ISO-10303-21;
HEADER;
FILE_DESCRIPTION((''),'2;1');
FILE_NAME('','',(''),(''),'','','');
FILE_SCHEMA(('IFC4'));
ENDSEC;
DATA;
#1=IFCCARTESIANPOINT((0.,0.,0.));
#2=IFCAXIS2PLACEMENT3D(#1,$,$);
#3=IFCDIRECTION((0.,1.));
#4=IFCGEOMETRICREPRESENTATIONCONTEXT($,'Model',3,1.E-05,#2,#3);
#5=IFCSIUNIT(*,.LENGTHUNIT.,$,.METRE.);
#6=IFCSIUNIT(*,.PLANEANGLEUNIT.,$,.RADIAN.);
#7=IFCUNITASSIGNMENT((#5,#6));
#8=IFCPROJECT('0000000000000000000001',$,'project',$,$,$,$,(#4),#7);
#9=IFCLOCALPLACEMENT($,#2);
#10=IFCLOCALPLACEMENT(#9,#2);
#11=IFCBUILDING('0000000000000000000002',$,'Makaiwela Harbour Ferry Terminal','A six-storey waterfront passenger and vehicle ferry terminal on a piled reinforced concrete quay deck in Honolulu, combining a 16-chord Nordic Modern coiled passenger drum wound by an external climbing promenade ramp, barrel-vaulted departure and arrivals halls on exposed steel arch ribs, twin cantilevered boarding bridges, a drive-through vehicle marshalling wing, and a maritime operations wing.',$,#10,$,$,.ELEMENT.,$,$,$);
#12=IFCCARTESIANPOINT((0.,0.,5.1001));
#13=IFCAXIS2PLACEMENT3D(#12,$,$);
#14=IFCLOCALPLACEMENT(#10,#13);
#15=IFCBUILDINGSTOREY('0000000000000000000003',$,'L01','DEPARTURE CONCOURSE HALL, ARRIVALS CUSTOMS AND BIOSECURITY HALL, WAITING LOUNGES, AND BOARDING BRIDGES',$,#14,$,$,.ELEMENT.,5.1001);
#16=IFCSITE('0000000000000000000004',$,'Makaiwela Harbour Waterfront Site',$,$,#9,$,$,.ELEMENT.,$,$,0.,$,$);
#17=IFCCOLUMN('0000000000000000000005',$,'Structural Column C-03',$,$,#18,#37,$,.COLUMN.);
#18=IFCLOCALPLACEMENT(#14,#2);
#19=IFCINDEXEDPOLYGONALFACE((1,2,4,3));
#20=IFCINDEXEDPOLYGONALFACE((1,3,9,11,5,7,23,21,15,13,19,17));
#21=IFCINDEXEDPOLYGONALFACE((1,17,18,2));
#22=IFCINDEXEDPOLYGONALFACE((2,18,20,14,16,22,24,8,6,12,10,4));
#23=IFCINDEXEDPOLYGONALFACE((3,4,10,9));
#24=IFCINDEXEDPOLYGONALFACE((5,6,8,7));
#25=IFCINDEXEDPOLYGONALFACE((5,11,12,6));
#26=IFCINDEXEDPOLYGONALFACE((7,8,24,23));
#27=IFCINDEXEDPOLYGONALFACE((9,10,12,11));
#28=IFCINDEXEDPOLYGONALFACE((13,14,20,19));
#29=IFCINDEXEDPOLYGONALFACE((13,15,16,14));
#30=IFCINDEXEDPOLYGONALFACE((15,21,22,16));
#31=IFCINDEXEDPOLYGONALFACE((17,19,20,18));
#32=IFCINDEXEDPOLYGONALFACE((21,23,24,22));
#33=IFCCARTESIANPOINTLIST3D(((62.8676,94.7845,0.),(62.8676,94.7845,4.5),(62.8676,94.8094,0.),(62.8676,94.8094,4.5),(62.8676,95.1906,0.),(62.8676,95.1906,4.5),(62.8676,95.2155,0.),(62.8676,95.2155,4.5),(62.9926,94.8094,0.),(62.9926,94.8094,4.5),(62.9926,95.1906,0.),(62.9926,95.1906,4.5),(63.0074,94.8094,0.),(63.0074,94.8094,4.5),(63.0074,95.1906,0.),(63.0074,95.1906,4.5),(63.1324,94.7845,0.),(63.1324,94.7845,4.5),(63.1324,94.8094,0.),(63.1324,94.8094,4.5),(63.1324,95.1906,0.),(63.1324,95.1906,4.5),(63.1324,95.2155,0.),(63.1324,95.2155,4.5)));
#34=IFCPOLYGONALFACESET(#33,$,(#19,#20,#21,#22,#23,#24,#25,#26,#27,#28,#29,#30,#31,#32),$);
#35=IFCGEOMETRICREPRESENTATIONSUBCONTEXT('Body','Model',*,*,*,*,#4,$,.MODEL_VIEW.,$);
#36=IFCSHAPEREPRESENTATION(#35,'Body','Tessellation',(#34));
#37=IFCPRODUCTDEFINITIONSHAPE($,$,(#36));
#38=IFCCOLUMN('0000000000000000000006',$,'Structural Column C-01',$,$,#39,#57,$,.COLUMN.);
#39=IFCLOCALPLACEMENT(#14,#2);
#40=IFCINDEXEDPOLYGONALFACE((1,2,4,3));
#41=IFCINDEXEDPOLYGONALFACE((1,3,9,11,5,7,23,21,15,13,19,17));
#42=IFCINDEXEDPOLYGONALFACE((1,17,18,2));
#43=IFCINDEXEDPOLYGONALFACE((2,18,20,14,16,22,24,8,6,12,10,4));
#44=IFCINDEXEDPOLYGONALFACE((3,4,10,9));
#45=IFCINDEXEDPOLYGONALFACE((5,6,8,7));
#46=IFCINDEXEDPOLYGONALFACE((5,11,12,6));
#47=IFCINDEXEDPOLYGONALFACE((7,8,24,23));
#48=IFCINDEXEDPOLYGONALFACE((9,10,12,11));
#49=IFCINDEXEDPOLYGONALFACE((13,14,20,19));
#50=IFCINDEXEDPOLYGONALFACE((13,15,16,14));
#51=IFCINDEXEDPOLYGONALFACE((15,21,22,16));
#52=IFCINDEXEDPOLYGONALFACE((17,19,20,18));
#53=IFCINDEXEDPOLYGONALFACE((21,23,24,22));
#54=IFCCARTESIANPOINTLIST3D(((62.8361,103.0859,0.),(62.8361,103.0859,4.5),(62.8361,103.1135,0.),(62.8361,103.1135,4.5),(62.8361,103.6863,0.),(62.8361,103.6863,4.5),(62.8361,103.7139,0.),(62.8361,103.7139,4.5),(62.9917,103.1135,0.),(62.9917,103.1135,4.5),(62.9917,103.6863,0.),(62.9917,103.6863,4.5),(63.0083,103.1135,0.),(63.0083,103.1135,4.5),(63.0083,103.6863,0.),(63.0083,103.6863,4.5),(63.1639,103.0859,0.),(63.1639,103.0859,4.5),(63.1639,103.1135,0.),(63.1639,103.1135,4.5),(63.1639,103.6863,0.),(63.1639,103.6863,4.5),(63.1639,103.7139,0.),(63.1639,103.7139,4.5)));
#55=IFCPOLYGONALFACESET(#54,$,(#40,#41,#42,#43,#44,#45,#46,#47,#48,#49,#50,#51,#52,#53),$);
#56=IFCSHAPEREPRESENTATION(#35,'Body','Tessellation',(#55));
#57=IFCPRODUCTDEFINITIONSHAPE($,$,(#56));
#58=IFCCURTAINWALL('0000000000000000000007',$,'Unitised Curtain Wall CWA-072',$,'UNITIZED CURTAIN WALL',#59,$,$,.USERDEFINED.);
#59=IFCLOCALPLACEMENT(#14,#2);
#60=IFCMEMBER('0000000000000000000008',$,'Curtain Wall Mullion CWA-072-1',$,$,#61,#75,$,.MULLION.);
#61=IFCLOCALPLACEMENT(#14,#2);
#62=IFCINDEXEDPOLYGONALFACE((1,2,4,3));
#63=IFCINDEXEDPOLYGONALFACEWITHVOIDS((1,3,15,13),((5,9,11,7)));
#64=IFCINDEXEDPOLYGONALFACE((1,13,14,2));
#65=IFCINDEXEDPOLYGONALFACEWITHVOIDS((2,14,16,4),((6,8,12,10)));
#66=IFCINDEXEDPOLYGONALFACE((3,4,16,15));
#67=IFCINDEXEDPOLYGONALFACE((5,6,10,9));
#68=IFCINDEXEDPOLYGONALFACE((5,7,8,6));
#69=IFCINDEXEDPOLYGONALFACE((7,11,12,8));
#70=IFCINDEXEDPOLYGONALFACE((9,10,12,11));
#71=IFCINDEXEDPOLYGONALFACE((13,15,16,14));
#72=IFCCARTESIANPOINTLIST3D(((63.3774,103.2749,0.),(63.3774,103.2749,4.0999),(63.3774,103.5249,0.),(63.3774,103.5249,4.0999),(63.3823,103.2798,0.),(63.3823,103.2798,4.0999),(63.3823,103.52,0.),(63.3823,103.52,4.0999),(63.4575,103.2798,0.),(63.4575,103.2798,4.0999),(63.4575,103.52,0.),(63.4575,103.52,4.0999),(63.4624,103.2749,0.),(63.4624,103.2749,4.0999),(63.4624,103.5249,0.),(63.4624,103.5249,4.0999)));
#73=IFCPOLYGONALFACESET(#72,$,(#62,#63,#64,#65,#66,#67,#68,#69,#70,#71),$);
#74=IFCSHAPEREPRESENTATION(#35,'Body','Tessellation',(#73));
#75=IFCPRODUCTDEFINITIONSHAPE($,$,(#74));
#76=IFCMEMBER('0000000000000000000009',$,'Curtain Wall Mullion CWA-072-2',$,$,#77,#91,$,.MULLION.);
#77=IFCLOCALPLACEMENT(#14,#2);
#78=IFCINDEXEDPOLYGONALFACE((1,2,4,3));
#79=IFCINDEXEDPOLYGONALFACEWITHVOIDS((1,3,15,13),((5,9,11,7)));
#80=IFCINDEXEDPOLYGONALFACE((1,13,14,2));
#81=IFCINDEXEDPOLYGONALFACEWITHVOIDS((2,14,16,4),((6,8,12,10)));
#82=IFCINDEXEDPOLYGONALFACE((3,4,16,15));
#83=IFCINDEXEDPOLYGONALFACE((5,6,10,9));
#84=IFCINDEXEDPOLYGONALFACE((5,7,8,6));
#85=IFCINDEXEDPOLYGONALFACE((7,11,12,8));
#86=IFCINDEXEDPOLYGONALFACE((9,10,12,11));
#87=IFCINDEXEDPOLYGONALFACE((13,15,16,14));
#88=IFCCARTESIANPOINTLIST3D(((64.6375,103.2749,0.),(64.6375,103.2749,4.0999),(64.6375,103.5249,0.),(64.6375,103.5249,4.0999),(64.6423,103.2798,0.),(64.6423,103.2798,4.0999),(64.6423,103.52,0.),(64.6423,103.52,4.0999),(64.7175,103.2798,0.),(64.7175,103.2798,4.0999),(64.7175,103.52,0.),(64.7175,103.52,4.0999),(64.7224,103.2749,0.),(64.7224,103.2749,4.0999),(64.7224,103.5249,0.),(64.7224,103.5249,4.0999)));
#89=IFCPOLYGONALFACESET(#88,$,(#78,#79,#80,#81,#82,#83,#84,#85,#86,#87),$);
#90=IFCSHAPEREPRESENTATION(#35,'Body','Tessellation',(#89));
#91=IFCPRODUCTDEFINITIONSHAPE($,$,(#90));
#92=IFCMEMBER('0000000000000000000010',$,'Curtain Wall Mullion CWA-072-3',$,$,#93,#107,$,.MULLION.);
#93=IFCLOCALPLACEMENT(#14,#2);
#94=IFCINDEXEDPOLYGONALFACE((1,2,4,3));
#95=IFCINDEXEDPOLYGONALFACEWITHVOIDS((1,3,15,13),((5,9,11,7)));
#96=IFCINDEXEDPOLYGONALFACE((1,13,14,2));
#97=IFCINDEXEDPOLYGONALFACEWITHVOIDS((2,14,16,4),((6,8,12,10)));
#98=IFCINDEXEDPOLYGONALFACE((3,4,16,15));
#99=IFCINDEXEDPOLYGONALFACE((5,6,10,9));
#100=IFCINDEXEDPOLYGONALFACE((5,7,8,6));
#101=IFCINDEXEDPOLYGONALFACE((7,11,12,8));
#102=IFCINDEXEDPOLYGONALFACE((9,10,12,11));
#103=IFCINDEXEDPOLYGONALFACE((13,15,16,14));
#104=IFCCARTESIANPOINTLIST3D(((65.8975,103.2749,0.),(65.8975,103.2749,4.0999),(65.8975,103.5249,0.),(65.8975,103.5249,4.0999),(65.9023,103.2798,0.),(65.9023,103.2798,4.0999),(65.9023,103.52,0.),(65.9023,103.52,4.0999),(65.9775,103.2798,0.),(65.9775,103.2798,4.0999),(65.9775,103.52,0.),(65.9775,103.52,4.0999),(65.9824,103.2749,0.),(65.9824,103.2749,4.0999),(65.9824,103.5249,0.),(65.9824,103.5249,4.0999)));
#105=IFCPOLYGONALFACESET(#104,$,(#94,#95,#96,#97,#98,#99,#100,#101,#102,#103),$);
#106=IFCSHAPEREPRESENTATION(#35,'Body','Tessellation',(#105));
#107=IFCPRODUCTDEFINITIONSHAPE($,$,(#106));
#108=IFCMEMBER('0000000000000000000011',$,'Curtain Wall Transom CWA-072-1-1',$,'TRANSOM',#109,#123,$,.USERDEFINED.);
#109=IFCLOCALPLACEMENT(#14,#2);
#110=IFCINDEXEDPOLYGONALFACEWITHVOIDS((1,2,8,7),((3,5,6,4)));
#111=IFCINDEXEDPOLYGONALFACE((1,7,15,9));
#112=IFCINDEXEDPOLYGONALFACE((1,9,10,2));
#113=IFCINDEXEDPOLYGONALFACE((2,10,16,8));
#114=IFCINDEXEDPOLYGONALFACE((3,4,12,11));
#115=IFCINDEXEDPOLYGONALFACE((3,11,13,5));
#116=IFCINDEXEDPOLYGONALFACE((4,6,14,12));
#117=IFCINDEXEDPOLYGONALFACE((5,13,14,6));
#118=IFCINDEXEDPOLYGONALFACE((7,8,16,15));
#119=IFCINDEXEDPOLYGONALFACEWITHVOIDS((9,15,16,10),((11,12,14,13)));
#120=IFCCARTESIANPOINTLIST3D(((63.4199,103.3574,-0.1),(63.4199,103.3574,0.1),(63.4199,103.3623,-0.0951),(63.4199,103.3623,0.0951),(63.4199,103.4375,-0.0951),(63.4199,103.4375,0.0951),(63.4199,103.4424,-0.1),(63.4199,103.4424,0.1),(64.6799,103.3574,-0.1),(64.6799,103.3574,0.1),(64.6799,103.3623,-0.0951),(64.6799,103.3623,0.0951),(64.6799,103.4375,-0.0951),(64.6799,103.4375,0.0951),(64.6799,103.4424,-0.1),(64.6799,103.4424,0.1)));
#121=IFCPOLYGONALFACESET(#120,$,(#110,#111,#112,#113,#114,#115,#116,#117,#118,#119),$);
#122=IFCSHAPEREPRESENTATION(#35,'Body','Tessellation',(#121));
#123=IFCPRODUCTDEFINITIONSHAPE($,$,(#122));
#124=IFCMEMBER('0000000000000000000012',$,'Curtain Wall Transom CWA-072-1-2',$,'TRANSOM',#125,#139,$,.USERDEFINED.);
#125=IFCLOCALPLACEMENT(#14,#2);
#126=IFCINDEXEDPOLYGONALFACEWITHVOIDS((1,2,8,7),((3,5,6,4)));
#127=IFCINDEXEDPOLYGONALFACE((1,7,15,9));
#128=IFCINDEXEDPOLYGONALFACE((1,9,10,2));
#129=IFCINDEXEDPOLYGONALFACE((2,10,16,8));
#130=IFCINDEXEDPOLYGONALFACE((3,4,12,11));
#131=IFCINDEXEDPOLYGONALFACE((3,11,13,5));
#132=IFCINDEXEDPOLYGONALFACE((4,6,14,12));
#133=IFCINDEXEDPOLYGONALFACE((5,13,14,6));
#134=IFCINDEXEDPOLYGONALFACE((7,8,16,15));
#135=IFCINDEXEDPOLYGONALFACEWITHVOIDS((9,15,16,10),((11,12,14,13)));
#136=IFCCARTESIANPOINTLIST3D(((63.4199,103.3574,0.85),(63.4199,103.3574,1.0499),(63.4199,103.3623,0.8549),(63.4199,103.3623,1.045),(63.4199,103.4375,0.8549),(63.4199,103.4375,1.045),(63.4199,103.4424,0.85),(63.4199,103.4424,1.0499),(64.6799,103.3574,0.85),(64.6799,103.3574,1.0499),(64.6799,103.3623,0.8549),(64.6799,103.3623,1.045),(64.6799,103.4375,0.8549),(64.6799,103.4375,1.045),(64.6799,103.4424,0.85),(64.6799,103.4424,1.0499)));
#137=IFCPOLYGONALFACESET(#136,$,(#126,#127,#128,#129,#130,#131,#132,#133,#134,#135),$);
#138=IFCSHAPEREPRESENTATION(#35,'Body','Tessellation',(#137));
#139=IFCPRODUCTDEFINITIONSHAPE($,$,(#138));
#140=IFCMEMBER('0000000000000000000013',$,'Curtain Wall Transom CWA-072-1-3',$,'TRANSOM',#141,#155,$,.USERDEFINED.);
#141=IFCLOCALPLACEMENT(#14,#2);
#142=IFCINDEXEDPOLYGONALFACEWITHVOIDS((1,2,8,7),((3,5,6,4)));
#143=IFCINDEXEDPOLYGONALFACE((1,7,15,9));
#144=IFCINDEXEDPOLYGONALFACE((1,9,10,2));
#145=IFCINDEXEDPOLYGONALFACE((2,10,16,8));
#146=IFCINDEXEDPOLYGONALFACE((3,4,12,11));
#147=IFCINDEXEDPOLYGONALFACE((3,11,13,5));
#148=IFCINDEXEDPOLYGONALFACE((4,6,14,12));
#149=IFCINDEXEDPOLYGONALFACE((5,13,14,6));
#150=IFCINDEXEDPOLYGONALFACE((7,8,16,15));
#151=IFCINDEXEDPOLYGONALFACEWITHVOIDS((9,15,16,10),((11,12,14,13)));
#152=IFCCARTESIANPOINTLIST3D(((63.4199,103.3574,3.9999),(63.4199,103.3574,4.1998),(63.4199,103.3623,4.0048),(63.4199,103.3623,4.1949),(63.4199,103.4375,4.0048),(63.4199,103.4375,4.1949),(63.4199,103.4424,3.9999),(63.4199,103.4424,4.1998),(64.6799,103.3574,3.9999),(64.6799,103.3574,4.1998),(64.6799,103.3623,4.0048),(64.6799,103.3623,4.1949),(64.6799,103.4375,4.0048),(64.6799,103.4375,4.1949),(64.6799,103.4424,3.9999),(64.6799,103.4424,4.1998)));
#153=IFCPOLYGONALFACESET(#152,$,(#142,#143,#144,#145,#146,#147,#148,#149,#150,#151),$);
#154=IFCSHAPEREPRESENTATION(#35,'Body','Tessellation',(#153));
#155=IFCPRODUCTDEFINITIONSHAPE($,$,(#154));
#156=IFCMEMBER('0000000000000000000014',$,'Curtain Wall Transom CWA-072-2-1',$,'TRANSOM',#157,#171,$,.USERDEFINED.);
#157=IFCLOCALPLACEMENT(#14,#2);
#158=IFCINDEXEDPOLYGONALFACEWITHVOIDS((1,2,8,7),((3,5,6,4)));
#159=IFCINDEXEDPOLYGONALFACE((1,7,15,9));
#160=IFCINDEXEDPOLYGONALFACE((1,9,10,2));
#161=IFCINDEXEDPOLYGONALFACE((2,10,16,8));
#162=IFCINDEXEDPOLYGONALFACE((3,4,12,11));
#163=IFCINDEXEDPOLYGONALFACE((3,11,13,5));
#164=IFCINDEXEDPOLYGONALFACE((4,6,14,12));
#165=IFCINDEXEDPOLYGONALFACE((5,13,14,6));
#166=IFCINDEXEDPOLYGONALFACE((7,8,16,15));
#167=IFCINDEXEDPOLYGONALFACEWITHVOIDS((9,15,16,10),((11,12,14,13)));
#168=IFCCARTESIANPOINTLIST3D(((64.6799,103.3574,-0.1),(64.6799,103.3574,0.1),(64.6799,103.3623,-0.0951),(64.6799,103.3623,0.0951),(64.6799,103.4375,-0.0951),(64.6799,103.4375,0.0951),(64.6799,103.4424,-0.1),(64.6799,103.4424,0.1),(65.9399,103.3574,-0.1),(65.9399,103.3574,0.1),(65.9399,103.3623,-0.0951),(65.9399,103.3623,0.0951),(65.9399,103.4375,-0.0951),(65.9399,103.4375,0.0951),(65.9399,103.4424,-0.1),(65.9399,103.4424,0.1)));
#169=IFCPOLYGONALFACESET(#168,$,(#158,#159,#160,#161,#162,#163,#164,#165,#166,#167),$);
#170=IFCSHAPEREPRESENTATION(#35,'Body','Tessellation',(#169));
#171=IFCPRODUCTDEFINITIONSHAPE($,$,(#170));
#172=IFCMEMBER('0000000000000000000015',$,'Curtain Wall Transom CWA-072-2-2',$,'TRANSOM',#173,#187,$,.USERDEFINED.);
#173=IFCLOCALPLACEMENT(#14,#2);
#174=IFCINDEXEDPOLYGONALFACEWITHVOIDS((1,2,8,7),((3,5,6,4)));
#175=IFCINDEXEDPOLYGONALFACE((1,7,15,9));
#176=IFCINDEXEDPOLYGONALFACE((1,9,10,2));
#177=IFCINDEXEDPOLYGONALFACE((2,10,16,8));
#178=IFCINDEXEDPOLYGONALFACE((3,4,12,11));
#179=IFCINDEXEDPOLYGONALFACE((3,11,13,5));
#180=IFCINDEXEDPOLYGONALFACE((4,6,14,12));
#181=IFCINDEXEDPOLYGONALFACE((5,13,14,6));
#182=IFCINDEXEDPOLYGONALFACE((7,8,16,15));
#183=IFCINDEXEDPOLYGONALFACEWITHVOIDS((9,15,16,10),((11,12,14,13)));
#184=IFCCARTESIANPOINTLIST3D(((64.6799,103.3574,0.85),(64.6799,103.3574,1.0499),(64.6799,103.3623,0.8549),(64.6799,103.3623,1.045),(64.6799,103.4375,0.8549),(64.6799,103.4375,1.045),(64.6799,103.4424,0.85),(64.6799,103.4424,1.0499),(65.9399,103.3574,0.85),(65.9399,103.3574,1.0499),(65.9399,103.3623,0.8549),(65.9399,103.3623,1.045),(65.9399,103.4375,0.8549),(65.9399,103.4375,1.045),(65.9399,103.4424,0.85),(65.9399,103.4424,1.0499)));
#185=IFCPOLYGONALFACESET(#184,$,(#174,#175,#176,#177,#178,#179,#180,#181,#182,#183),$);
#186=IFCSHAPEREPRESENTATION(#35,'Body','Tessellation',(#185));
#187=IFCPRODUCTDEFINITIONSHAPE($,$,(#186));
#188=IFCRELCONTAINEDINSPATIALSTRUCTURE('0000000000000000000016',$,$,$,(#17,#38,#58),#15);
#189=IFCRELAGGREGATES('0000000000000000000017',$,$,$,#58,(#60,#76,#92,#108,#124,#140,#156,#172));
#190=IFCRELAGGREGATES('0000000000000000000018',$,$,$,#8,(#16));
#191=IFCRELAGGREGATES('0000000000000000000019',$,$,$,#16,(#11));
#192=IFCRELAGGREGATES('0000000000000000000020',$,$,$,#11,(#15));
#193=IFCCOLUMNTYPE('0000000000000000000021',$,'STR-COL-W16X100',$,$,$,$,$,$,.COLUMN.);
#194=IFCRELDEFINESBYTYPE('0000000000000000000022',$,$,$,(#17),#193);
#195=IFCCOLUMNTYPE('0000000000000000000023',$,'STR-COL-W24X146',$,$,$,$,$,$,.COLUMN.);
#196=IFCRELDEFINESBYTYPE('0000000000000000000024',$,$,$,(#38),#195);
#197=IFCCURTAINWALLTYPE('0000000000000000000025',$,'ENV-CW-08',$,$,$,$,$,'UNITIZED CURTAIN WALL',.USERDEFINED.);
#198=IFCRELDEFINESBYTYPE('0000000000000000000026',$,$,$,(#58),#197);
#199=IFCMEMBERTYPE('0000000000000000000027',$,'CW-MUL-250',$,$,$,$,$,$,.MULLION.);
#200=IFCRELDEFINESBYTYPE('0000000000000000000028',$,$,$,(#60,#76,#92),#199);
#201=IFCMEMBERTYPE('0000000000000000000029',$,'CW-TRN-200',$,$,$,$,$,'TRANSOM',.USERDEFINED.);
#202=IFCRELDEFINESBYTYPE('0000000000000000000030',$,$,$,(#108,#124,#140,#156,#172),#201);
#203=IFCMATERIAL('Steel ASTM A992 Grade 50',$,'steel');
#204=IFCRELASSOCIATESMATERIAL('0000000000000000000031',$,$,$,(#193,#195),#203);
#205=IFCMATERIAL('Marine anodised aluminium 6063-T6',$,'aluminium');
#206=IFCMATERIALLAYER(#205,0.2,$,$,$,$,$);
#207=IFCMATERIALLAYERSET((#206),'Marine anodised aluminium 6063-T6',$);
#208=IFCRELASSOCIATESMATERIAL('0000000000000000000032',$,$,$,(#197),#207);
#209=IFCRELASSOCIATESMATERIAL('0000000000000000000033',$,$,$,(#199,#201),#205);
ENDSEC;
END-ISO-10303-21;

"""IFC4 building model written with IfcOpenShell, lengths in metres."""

from ifc_helpers import new_model, si_unit, direction, frame, origin, origin_2d, place, context, subcontext, project, spatial, hollow_rectangle, i_section, extrude, material, layer, layer_set, material_profile, profile_set, type_object, element, aggregate, save


model = new_model("IFC4")

# Units and contexts
model_context = context("Model", 3, precision=1e-05, world=origin(), true_north=direction((0.0, 1.0)))
body_context = subcontext(model_context, "Body", "Model", "MODEL_VIEW")
ifc_project = project(units=[si_unit("LENGTHUNIT", "METRE"), si_unit("PLANEANGLEUNIT", "RADIAN")], contexts=[model_context])

# Site, building, storey
site_placement = place(None, origin())
site = spatial("IfcSite", under=ifc_project, at=site_placement, Name="Makaiwela Harbour Waterfront Site", CompositionType="ELEMENT", RefElevation=0.0)
building_placement = place(site_placement, origin())
building = spatial("IfcBuilding", under=site, at=building_placement, Name="Makaiwela Harbour Ferry Terminal", Description="A six-storey waterfront passenger and vehicle ferry terminal on a piled reinforced concrete quay deck in Honolulu, combining a 16-chord Nordic Modern coiled passenger drum wound by an external climbing promenade ramp, barrel-vaulted departure and arrivals halls on exposed steel arch ribs, twin cantilevered boarding bridges, a drive-through vehicle marshalling wing, and a maritime operations wing.", CompositionType="ELEMENT")
storey_placement = place(building_placement, frame((0.0, 0.0, 5.1001)))
storey = spatial("IfcBuildingStorey", under=building, at=storey_placement, Name="L01", Description="DEPARTURE CONCOURSE HALL, ARRIVALS CUSTOMS AND BIOSECURITY HALL, WAITING LOUNGES, AND BOARDING BRIDGES", CompositionType="ELEMENT", Elevation=5.1001)

# Columns
ifc_material_1 = material(Name="Steel ASTM A992 Grade 50", Category="steel")
ifc_material_profile_1 = material_profile(ifc_material_1, i_section(OverallWidth=0.2649, OverallDepth=0.4309, WebThickness=0.0149, FlangeThickness=0.0249, at=origin_2d()), Name="W16X100")
ifc_profile_set_1 = profile_set([ifc_material_profile_1], Name="Steel ASTM A992 Grade 50")
column_type_1 = type_object("IfcColumnType", Name="STR-COL-W16X100", PredefinedType="COLUMN", material=ifc_profile_set_1)
column_1_placement = place(storey_placement, frame((63.0, 95.0, 0.0), z_axis=(0.0, 0.0, 1.0), x_axis=(1.0, 0.0, 0.0)))
element("IfcColumn", 1, at=column_1_placement, inside=storey, type_object=column_type_1, Name="Structural Column C-03", PredefinedType="COLUMN", context=body_context, shape_type="SweptSolid", body=[
    extrude(i_section(OverallWidth=0.2649, OverallDepth=0.4309, WebThickness=0.0149, FlangeThickness=0.0249, at=origin_2d()), origin(), (0.0, 0.0, 1.0), 4.5),
])
ifc_material_profile_2 = material_profile(ifc_material_1, i_section(OverallWidth=0.3279, OverallDepth=0.6279, WebThickness=0.0166, FlangeThickness=0.0276, at=origin_2d()), Name="W24X146")
ifc_profile_set_2 = profile_set([ifc_material_profile_2], Name="Steel ASTM A992 Grade 50")
column_type_2 = type_object("IfcColumnType", Name="STR-COL-W24X146", PredefinedType="COLUMN", material=ifc_profile_set_2)
column_2_placement = place(storey_placement, frame((63.0, 103.3999, 0.0), z_axis=(0.0, 0.0, 1.0), x_axis=(1.0, 0.0, 0.0)))
element("IfcColumn", 2, at=column_2_placement, inside=storey, type_object=column_type_2, Name="Structural Column C-01", PredefinedType="COLUMN", context=body_context, shape_type="SweptSolid", body=[
    extrude(i_section(OverallWidth=0.3279, OverallDepth=0.6279, WebThickness=0.0166, FlangeThickness=0.0276, at=origin_2d()), origin(), (0.0, 0.0, 1.0), 4.5),
])

# Curtain wall, members
ifc_material_2 = material(Name="Marine anodised aluminium 6063-T6", Category="aluminium")
ifc_layer_1 = layer(ifc_material_2, 0.2)
ifc_layer_set_1 = layer_set([ifc_layer_1], Name="Marine anodised aluminium 6063-T6")
curtain_wall_type = type_object("IfcCurtainWallType", Name="ENV-CW-08", ElementType="UNITIZED CURTAIN WALL", PredefinedType="USERDEFINED", material=ifc_layer_set_1)
curtain_wall_placement = place(storey_placement, origin())
curtain_wall = element("IfcCurtainWall", 3, at=curtain_wall_placement, inside=storey, type_object=curtain_wall_type, Name="Unitised Curtain Wall CWA-072", ObjectType="UNITIZED CURTAIN WALL", PredefinedType="USERDEFINED")
ifc_material_profile_3 = material_profile(ifc_material_2, hollow_rectangle(XDim=0.085, YDim=0.25, WallThickness=0.0049, at=origin_2d()), Name="CWM-250X85")
ifc_profile_set_3 = profile_set([ifc_material_profile_3], Name="Marine anodised aluminium 6063-T6")
member_type_1 = type_object("IfcMemberType", Name="CW-MUL-250", PredefinedType="MULLION", material=ifc_profile_set_3)
member_1_placement = place(storey_placement, frame((63.4199, 103.3999, 0.0), z_axis=(0.0, 0.0, 1.0), x_axis=(1.0, 0.0, 0.0)))
member_1 = element("IfcMember", 4, at=member_1_placement, type_object=member_type_1, Name="Curtain Wall Mullion CWA-072-1", PredefinedType="MULLION", context=body_context, shape_type="SweptSolid", body=[
    extrude(hollow_rectangle(XDim=0.085, YDim=0.25, WallThickness=0.0049, at=origin_2d()), origin(), (0.0, 0.0, 1.0), 4.0999),
])
member_2_placement = place(storey_placement, frame((64.6799, 103.3999, 0.0), z_axis=(0.0, 0.0, 1.0), x_axis=(1.0, 0.0, 0.0)))
member_2 = element("IfcMember", 5, at=member_2_placement, type_object=member_type_1, Name="Curtain Wall Mullion CWA-072-2", PredefinedType="MULLION", context=body_context, shape_type="SweptSolid", body=[
    extrude(hollow_rectangle(XDim=0.085, YDim=0.25, WallThickness=0.0049, at=origin_2d()), origin(), (0.0, 0.0, 1.0), 4.0999),
])
member_3_placement = place(storey_placement, frame((65.9399, 103.3999, 0.0), z_axis=(0.0, 0.0, 1.0), x_axis=(1.0, 0.0, 0.0)))
member_3 = element("IfcMember", 6, at=member_3_placement, type_object=member_type_1, Name="Curtain Wall Mullion CWA-072-3", PredefinedType="MULLION", context=body_context, shape_type="SweptSolid", body=[
    extrude(hollow_rectangle(XDim=0.085, YDim=0.25, WallThickness=0.0049, at=origin_2d()), origin(), (0.0, 0.0, 1.0), 4.0999),
])
ifc_material_profile_4 = material_profile(ifc_material_2, hollow_rectangle(XDim=0.085, YDim=0.2, WallThickness=0.0049, at=origin_2d()), Name="CWT-200X85")
ifc_profile_set_4 = profile_set([ifc_material_profile_4], Name="Marine anodised aluminium 6063-T6")
member_type_2 = type_object("IfcMemberType", Name="CW-TRN-200", ElementType="TRANSOM", PredefinedType="USERDEFINED", material=ifc_profile_set_4)
member_4_placement = place(storey_placement, frame((63.4199, 103.3999, 0.0), z_axis=(1.0, 0.0, 0.0), x_axis=(0.0, 1.0, 0.0)))
member_4 = element("IfcMember", 7, at=member_4_placement, type_object=member_type_2, Name="Curtain Wall Transom CWA-072-1-1", ObjectType="TRANSOM", PredefinedType="USERDEFINED", context=body_context, shape_type="SweptSolid", body=[
    extrude(hollow_rectangle(XDim=0.085, YDim=0.2, WallThickness=0.0049, at=origin_2d()), origin(), (0.0, 0.0, 1.0), 1.26),
])
member_5_placement = place(storey_placement, frame((63.4199, 103.3999, 0.95), z_axis=(1.0, 0.0, 0.0), x_axis=(0.0, 1.0, 0.0)))
member_5 = element("IfcMember", 8, at=member_5_placement, type_object=member_type_2, Name="Curtain Wall Transom CWA-072-1-2", ObjectType="TRANSOM", PredefinedType="USERDEFINED", context=body_context, shape_type="SweptSolid", body=[
    extrude(hollow_rectangle(XDim=0.085, YDim=0.2, WallThickness=0.0049, at=origin_2d()), origin(), (0.0, 0.0, 1.0), 1.26),
])
member_6_placement = place(storey_placement, frame((63.4199, 103.3999, 4.0999), z_axis=(1.0, 0.0, 0.0), x_axis=(0.0, 1.0, 0.0)))
member_6 = element("IfcMember", 9, at=member_6_placement, type_object=member_type_2, Name="Curtain Wall Transom CWA-072-1-3", ObjectType="TRANSOM", PredefinedType="USERDEFINED", context=body_context, shape_type="SweptSolid", body=[
    extrude(hollow_rectangle(XDim=0.085, YDim=0.2, WallThickness=0.0049, at=origin_2d()), origin(), (0.0, 0.0, 1.0), 1.26),
])
member_7_placement = place(storey_placement, frame((64.6799, 103.3999, 0.0), z_axis=(1.0, 0.0, 0.0), x_axis=(0.0, 1.0, 0.0)))
member_7 = element("IfcMember", 10, at=member_7_placement, type_object=member_type_2, Name="Curtain Wall Transom CWA-072-2-1", ObjectType="TRANSOM", PredefinedType="USERDEFINED", context=body_context, shape_type="SweptSolid", body=[
    extrude(hollow_rectangle(XDim=0.085, YDim=0.2, WallThickness=0.0049, at=origin_2d()), origin(), (0.0, 0.0, 1.0), 1.26),
])
member_8_placement = place(storey_placement, frame((64.6799, 103.3999, 0.95), z_axis=(1.0, 0.0, 0.0), x_axis=(0.0, 1.0, 0.0)))
member_8 = element("IfcMember", 11, at=member_8_placement, type_object=member_type_2, Name="Curtain Wall Transom CWA-072-2-2", ObjectType="TRANSOM", PredefinedType="USERDEFINED", context=body_context, shape_type="SweptSolid", body=[
    extrude(hollow_rectangle(XDim=0.085, YDim=0.2, WallThickness=0.0049, at=origin_2d()), origin(), (0.0, 0.0, 1.0), 1.26),
])

aggregate(curtain_wall, [member_1, member_2, member_3, member_4, member_5, member_6, member_7, member_8])

save(model, "model.ifc")
